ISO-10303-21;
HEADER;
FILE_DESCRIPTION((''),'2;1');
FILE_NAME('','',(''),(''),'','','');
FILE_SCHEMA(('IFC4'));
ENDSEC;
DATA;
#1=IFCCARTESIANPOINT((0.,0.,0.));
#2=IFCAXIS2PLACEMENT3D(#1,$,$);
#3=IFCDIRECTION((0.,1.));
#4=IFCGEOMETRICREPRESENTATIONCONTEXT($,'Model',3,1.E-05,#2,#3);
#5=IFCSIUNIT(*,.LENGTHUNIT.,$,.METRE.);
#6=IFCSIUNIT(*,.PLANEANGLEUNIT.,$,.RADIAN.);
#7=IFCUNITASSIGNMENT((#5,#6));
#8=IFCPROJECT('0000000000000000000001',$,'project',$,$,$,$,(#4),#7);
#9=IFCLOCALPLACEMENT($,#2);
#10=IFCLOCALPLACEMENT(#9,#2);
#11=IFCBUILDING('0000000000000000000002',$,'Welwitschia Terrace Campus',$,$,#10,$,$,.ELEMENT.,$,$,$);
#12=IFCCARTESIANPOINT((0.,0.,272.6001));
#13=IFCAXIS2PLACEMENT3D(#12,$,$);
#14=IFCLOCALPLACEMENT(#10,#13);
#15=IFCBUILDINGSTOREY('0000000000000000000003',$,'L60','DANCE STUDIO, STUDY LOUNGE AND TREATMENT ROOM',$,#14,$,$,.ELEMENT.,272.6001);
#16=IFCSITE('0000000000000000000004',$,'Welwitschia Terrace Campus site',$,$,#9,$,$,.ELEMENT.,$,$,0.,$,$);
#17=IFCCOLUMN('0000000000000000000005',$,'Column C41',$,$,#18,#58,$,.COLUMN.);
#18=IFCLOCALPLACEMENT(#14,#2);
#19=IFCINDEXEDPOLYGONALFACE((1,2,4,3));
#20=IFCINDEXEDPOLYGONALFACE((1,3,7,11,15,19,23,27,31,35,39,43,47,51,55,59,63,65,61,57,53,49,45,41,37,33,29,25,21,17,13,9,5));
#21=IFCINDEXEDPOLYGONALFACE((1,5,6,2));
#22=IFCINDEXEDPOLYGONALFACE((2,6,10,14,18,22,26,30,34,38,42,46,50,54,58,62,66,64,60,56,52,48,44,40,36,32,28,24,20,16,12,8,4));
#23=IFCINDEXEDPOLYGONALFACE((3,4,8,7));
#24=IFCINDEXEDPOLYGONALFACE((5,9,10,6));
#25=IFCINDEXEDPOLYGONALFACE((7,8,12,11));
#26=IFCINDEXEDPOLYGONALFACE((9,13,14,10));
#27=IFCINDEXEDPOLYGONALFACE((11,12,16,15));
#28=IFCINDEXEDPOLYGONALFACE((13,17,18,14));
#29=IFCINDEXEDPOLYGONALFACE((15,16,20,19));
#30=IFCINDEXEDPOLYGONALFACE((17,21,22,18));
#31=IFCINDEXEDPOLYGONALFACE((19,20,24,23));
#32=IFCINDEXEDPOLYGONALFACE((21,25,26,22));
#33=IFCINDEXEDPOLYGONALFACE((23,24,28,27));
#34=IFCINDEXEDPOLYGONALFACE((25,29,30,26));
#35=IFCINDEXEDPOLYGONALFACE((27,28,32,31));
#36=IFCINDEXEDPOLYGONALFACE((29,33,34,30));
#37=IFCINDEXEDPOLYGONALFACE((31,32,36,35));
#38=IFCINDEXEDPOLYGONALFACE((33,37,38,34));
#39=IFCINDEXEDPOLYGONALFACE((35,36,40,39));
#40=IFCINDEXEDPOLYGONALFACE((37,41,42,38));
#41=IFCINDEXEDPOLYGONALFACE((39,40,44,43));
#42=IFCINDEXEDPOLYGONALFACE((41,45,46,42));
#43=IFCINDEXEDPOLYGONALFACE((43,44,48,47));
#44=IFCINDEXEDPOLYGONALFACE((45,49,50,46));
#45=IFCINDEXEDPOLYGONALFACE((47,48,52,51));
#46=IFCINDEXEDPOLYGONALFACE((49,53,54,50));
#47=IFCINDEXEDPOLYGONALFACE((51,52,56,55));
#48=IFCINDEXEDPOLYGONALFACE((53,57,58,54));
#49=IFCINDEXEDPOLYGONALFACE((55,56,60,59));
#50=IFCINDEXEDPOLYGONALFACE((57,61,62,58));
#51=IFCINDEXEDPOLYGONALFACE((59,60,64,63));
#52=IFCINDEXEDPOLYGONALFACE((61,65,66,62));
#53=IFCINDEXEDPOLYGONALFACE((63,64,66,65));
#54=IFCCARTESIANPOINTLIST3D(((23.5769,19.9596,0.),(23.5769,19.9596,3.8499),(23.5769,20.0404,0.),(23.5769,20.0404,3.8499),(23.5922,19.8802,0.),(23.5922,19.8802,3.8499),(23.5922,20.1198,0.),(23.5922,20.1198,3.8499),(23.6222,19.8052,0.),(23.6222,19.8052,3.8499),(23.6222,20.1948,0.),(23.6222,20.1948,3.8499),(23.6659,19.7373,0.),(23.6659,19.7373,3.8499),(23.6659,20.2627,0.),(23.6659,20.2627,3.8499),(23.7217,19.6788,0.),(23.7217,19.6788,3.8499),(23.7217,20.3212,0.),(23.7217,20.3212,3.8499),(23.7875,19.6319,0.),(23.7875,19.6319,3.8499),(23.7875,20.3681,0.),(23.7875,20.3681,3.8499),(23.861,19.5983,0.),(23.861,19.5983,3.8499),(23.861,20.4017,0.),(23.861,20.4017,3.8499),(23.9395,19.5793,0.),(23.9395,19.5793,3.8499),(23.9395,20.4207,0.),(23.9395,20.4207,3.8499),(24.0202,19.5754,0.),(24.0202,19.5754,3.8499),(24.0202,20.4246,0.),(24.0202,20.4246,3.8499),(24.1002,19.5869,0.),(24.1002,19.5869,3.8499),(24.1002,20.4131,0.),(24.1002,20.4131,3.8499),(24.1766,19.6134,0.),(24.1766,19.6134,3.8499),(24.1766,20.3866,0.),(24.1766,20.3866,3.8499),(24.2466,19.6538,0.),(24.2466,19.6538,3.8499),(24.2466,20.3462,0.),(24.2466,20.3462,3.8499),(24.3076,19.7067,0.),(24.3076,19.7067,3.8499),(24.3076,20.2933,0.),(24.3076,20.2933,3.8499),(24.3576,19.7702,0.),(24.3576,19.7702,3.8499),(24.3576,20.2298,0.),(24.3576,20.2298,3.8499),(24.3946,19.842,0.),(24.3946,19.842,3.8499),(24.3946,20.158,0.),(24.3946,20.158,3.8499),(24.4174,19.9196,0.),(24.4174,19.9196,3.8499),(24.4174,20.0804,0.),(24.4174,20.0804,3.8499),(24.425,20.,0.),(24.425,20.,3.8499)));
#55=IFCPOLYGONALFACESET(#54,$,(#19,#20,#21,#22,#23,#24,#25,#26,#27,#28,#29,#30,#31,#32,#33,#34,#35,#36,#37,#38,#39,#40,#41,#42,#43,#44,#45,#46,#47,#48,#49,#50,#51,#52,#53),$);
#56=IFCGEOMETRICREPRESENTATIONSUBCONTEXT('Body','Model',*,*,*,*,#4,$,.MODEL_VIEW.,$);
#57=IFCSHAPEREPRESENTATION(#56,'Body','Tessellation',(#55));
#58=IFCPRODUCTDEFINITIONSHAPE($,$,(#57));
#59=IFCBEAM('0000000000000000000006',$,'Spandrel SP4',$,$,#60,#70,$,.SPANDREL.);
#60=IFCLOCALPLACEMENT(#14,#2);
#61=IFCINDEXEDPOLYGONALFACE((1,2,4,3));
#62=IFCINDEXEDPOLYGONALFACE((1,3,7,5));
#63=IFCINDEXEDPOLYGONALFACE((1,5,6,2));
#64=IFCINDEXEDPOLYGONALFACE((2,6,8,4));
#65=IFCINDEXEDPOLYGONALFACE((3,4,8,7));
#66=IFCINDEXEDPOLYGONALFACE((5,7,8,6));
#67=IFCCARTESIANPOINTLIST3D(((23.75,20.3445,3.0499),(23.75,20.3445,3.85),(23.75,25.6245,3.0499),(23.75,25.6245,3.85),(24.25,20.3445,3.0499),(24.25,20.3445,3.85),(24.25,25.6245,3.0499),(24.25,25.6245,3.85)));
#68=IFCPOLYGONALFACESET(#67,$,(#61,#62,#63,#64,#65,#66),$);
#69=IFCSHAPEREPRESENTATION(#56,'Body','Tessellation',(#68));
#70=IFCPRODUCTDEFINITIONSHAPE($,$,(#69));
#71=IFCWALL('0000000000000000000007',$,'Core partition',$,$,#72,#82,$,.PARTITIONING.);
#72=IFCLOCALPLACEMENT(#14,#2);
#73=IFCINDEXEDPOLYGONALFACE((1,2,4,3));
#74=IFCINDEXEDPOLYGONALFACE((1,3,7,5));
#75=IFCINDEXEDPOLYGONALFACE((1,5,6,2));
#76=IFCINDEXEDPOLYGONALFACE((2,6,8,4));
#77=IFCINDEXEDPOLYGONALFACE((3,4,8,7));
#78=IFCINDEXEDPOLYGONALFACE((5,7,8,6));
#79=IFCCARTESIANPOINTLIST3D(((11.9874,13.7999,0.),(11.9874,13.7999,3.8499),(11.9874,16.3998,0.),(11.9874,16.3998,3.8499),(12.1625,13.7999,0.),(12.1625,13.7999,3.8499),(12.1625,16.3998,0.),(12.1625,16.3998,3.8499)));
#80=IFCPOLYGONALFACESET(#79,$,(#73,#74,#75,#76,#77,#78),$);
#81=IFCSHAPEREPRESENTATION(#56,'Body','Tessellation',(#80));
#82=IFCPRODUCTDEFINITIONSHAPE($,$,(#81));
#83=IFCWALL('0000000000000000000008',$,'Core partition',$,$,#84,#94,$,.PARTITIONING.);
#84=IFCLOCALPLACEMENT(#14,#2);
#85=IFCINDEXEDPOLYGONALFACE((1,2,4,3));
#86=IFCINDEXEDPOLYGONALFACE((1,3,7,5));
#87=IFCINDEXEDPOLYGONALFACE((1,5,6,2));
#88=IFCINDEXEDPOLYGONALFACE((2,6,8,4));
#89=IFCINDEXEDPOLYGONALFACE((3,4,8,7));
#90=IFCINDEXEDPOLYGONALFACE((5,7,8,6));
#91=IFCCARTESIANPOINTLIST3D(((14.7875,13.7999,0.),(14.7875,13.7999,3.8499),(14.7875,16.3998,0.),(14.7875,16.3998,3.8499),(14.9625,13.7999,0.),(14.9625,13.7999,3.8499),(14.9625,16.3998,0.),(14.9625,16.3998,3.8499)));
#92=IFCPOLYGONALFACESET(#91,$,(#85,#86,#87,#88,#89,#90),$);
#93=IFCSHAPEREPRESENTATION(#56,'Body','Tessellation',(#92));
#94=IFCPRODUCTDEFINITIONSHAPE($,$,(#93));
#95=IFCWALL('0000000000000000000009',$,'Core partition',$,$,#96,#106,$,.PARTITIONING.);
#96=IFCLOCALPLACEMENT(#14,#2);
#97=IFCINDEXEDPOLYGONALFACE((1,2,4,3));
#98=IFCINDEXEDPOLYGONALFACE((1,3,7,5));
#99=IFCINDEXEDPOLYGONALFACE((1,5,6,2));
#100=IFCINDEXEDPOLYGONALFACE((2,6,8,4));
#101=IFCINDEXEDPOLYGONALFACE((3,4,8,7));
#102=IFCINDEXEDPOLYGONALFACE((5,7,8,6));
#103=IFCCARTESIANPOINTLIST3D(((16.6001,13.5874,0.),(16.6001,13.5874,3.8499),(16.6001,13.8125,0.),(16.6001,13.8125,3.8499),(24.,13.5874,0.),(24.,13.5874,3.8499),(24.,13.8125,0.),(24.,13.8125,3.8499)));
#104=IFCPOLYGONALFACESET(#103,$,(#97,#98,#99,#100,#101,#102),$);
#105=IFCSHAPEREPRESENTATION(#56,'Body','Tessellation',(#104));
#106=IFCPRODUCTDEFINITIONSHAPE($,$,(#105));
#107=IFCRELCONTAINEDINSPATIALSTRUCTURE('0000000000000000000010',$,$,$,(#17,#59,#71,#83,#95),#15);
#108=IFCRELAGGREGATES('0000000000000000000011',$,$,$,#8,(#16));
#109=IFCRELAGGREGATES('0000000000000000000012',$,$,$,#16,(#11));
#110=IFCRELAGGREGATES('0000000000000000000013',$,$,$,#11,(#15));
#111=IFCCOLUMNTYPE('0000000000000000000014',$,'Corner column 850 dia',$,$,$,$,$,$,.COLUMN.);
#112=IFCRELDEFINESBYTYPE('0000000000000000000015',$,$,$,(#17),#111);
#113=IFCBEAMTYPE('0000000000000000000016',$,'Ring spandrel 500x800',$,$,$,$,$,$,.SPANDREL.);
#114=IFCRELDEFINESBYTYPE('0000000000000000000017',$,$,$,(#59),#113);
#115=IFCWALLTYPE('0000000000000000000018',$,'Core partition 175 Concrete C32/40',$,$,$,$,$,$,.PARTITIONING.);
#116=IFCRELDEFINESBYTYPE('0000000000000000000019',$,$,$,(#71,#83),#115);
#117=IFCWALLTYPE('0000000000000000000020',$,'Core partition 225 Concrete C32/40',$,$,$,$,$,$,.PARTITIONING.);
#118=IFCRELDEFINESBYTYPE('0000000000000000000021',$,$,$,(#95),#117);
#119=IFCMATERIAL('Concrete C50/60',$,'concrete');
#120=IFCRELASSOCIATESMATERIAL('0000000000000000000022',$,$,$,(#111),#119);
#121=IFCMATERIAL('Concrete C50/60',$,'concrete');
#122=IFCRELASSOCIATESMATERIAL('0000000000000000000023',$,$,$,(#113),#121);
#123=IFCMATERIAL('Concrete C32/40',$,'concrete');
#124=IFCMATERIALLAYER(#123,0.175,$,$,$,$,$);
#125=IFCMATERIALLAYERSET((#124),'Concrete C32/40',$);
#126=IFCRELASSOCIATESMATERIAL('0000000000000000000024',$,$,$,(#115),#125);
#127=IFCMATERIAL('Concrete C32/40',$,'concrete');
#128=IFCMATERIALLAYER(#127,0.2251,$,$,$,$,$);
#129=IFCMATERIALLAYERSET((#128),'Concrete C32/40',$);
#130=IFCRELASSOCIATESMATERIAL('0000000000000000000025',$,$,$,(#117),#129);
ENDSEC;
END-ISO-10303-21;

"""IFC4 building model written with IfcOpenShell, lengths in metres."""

from ifc_helpers import new_model, si_unit, direction, frame, frame_2d, origin, origin_2d, place, context, subcontext, project, spatial, rectangle, circle, extrude, material, layer, layer_set, material_profile, profile_set, type_object, element, save


model = new_model("IFC4")

# Units and contexts
model_context = context("Model", 3, precision=1e-05, world=origin(), true_north=direction((0.0, 1.0)))
body_context = subcontext(model_context, "Body", "Model", "MODEL_VIEW")
ifc_project = project(units=[si_unit("LENGTHUNIT", "METRE"), si_unit("PLANEANGLEUNIT", "RADIAN")], contexts=[model_context])

# Site, building, storey
site_placement = place(None, origin())
site = spatial("IfcSite", under=ifc_project, at=site_placement, Name="Welwitschia Terrace Campus site", CompositionType="ELEMENT", RefElevation=0.0)
building_placement = place(site_placement, origin())
building = spatial("IfcBuilding", under=site, at=building_placement, Name="Welwitschia Terrace Campus", CompositionType="ELEMENT")
storey_placement = place(building_placement, frame((0.0, 0.0, 272.6001)))
storey = spatial("IfcBuildingStorey", under=building, at=storey_placement, Name="L60", Description="DANCE STUDIO, STUDY LOUNGE AND TREATMENT ROOM", CompositionType="ELEMENT", Elevation=272.6001)

# Column
ifc_material_1 = material(Name="Concrete C50/60", Category="concrete")
ifc_material_profile_1 = material_profile(ifc_material_1, circle(Radius=0.425, at=origin_2d()))
ifc_profile_set_1 = profile_set([ifc_material_profile_1], Name="Concrete C50/60")
column_type = type_object("IfcColumnType", Name="Corner column 850 dia", PredefinedType="COLUMN", material=ifc_profile_set_1)
column_placement = place(storey_placement, frame((24.0, 20.0, 0.0), z_axis=(0.0, 0.0, 1.0), x_axis=(1.0, 0.0, 0.0)))
element("IfcColumn", 1, at=column_placement, inside=storey, type_object=column_type, Name="Column C41", PredefinedType="COLUMN", context=body_context, shape_type="SweptSolid", body=[
    extrude(circle(Radius=0.425, at=origin_2d()), origin(), (0.0, 0.0, 1.0), 3.8499),
])

# Beam
ifc_material_2 = material(Name="Concrete C50/60", Category="concrete")
ifc_material_profile_2 = material_profile(ifc_material_2, rectangle(XDim=0.5, YDim=0.8, at=origin_2d()))
ifc_profile_set_2 = profile_set([ifc_material_profile_2], Name="Concrete C50/60")
beam_type = type_object("IfcBeamType", Name="Ring spandrel 500x800", PredefinedType="SPANDREL", material=ifc_profile_set_2)
beam_placement = place(storey_placement, frame((24.0, 20.3445, 3.45), z_axis=(0.0, 1.0, 0.0), x_axis=(-1.0, 0.0, 0.0)))
element("IfcBeam", 2, at=beam_placement, inside=storey, type_object=beam_type, Name="Spandrel SP4", PredefinedType="SPANDREL", context=body_context, shape_type="SweptSolid", body=[
    extrude(rectangle(XDim=0.5, YDim=0.8, at=origin_2d()), origin(), (0.0, 0.0, 1.0), 5.28),
])

# Walls
ifc_material_3 = material(Name="Concrete C32/40", Category="concrete")
ifc_layer_1 = layer(ifc_material_3, 0.175)
ifc_layer_set_1 = layer_set([ifc_layer_1], Name="Concrete C32/40")
wall_type_1 = type_object("IfcWallType", Name="Core partition 175 Concrete C32/40", PredefinedType="PARTITIONING", material=ifc_layer_set_1)
for number, where, z_axis, x_axis, name in (
    (3, (12.075, 13.8, 0.0), (0.0, 0.0, 1.0), (0.0, 1.0, 0.0), "Core partition"),
    (4, (14.875, 13.8, 0.0), (0.0, 0.0, 1.0), (0.0, 1.0, 0.0), "Core partition"),
):
    element("IfcWall", number, at=place(storey_placement, frame(where, z_axis=z_axis, x_axis=x_axis)), inside=storey, type_object=wall_type_1, Name=name, PredefinedType="PARTITIONING", context=body_context, shape_type="SweptSolid", body=[
        extrude(rectangle(XDim=2.5999, YDim=0.175, at=frame_2d((1.2998, 0.0))), origin(), (0.0, 0.0, 1.0), 3.8499),
    ])
ifc_material_4 = material(Name="Concrete C32/40", Category="concrete")
ifc_layer_2 = layer(ifc_material_4, 0.2251)
ifc_layer_set_2 = layer_set([ifc_layer_2], Name="Concrete C32/40")
wall_type_2 = type_object("IfcWallType", Name="Core partition 225 Concrete C32/40", PredefinedType="PARTITIONING", material=ifc_layer_set_2)
wall_1_placement = place(storey_placement, frame((16.6001, 13.7, 0.0), z_axis=(0.0, 0.0, 1.0), x_axis=(1.0, 0.0, 0.0)))
element("IfcWall", 5, at=wall_1_placement, inside=storey, type_object=wall_type_2, Name="Core partition", PredefinedType="PARTITIONING", context=body_context, shape_type="SweptSolid", body=[
    extrude(rectangle(XDim=7.3999, YDim=0.2251, at=frame_2d((3.7, 0.0))), origin(), (0.0, 0.0, 1.0), 3.8499),
])

save(model, "model.ifc")
